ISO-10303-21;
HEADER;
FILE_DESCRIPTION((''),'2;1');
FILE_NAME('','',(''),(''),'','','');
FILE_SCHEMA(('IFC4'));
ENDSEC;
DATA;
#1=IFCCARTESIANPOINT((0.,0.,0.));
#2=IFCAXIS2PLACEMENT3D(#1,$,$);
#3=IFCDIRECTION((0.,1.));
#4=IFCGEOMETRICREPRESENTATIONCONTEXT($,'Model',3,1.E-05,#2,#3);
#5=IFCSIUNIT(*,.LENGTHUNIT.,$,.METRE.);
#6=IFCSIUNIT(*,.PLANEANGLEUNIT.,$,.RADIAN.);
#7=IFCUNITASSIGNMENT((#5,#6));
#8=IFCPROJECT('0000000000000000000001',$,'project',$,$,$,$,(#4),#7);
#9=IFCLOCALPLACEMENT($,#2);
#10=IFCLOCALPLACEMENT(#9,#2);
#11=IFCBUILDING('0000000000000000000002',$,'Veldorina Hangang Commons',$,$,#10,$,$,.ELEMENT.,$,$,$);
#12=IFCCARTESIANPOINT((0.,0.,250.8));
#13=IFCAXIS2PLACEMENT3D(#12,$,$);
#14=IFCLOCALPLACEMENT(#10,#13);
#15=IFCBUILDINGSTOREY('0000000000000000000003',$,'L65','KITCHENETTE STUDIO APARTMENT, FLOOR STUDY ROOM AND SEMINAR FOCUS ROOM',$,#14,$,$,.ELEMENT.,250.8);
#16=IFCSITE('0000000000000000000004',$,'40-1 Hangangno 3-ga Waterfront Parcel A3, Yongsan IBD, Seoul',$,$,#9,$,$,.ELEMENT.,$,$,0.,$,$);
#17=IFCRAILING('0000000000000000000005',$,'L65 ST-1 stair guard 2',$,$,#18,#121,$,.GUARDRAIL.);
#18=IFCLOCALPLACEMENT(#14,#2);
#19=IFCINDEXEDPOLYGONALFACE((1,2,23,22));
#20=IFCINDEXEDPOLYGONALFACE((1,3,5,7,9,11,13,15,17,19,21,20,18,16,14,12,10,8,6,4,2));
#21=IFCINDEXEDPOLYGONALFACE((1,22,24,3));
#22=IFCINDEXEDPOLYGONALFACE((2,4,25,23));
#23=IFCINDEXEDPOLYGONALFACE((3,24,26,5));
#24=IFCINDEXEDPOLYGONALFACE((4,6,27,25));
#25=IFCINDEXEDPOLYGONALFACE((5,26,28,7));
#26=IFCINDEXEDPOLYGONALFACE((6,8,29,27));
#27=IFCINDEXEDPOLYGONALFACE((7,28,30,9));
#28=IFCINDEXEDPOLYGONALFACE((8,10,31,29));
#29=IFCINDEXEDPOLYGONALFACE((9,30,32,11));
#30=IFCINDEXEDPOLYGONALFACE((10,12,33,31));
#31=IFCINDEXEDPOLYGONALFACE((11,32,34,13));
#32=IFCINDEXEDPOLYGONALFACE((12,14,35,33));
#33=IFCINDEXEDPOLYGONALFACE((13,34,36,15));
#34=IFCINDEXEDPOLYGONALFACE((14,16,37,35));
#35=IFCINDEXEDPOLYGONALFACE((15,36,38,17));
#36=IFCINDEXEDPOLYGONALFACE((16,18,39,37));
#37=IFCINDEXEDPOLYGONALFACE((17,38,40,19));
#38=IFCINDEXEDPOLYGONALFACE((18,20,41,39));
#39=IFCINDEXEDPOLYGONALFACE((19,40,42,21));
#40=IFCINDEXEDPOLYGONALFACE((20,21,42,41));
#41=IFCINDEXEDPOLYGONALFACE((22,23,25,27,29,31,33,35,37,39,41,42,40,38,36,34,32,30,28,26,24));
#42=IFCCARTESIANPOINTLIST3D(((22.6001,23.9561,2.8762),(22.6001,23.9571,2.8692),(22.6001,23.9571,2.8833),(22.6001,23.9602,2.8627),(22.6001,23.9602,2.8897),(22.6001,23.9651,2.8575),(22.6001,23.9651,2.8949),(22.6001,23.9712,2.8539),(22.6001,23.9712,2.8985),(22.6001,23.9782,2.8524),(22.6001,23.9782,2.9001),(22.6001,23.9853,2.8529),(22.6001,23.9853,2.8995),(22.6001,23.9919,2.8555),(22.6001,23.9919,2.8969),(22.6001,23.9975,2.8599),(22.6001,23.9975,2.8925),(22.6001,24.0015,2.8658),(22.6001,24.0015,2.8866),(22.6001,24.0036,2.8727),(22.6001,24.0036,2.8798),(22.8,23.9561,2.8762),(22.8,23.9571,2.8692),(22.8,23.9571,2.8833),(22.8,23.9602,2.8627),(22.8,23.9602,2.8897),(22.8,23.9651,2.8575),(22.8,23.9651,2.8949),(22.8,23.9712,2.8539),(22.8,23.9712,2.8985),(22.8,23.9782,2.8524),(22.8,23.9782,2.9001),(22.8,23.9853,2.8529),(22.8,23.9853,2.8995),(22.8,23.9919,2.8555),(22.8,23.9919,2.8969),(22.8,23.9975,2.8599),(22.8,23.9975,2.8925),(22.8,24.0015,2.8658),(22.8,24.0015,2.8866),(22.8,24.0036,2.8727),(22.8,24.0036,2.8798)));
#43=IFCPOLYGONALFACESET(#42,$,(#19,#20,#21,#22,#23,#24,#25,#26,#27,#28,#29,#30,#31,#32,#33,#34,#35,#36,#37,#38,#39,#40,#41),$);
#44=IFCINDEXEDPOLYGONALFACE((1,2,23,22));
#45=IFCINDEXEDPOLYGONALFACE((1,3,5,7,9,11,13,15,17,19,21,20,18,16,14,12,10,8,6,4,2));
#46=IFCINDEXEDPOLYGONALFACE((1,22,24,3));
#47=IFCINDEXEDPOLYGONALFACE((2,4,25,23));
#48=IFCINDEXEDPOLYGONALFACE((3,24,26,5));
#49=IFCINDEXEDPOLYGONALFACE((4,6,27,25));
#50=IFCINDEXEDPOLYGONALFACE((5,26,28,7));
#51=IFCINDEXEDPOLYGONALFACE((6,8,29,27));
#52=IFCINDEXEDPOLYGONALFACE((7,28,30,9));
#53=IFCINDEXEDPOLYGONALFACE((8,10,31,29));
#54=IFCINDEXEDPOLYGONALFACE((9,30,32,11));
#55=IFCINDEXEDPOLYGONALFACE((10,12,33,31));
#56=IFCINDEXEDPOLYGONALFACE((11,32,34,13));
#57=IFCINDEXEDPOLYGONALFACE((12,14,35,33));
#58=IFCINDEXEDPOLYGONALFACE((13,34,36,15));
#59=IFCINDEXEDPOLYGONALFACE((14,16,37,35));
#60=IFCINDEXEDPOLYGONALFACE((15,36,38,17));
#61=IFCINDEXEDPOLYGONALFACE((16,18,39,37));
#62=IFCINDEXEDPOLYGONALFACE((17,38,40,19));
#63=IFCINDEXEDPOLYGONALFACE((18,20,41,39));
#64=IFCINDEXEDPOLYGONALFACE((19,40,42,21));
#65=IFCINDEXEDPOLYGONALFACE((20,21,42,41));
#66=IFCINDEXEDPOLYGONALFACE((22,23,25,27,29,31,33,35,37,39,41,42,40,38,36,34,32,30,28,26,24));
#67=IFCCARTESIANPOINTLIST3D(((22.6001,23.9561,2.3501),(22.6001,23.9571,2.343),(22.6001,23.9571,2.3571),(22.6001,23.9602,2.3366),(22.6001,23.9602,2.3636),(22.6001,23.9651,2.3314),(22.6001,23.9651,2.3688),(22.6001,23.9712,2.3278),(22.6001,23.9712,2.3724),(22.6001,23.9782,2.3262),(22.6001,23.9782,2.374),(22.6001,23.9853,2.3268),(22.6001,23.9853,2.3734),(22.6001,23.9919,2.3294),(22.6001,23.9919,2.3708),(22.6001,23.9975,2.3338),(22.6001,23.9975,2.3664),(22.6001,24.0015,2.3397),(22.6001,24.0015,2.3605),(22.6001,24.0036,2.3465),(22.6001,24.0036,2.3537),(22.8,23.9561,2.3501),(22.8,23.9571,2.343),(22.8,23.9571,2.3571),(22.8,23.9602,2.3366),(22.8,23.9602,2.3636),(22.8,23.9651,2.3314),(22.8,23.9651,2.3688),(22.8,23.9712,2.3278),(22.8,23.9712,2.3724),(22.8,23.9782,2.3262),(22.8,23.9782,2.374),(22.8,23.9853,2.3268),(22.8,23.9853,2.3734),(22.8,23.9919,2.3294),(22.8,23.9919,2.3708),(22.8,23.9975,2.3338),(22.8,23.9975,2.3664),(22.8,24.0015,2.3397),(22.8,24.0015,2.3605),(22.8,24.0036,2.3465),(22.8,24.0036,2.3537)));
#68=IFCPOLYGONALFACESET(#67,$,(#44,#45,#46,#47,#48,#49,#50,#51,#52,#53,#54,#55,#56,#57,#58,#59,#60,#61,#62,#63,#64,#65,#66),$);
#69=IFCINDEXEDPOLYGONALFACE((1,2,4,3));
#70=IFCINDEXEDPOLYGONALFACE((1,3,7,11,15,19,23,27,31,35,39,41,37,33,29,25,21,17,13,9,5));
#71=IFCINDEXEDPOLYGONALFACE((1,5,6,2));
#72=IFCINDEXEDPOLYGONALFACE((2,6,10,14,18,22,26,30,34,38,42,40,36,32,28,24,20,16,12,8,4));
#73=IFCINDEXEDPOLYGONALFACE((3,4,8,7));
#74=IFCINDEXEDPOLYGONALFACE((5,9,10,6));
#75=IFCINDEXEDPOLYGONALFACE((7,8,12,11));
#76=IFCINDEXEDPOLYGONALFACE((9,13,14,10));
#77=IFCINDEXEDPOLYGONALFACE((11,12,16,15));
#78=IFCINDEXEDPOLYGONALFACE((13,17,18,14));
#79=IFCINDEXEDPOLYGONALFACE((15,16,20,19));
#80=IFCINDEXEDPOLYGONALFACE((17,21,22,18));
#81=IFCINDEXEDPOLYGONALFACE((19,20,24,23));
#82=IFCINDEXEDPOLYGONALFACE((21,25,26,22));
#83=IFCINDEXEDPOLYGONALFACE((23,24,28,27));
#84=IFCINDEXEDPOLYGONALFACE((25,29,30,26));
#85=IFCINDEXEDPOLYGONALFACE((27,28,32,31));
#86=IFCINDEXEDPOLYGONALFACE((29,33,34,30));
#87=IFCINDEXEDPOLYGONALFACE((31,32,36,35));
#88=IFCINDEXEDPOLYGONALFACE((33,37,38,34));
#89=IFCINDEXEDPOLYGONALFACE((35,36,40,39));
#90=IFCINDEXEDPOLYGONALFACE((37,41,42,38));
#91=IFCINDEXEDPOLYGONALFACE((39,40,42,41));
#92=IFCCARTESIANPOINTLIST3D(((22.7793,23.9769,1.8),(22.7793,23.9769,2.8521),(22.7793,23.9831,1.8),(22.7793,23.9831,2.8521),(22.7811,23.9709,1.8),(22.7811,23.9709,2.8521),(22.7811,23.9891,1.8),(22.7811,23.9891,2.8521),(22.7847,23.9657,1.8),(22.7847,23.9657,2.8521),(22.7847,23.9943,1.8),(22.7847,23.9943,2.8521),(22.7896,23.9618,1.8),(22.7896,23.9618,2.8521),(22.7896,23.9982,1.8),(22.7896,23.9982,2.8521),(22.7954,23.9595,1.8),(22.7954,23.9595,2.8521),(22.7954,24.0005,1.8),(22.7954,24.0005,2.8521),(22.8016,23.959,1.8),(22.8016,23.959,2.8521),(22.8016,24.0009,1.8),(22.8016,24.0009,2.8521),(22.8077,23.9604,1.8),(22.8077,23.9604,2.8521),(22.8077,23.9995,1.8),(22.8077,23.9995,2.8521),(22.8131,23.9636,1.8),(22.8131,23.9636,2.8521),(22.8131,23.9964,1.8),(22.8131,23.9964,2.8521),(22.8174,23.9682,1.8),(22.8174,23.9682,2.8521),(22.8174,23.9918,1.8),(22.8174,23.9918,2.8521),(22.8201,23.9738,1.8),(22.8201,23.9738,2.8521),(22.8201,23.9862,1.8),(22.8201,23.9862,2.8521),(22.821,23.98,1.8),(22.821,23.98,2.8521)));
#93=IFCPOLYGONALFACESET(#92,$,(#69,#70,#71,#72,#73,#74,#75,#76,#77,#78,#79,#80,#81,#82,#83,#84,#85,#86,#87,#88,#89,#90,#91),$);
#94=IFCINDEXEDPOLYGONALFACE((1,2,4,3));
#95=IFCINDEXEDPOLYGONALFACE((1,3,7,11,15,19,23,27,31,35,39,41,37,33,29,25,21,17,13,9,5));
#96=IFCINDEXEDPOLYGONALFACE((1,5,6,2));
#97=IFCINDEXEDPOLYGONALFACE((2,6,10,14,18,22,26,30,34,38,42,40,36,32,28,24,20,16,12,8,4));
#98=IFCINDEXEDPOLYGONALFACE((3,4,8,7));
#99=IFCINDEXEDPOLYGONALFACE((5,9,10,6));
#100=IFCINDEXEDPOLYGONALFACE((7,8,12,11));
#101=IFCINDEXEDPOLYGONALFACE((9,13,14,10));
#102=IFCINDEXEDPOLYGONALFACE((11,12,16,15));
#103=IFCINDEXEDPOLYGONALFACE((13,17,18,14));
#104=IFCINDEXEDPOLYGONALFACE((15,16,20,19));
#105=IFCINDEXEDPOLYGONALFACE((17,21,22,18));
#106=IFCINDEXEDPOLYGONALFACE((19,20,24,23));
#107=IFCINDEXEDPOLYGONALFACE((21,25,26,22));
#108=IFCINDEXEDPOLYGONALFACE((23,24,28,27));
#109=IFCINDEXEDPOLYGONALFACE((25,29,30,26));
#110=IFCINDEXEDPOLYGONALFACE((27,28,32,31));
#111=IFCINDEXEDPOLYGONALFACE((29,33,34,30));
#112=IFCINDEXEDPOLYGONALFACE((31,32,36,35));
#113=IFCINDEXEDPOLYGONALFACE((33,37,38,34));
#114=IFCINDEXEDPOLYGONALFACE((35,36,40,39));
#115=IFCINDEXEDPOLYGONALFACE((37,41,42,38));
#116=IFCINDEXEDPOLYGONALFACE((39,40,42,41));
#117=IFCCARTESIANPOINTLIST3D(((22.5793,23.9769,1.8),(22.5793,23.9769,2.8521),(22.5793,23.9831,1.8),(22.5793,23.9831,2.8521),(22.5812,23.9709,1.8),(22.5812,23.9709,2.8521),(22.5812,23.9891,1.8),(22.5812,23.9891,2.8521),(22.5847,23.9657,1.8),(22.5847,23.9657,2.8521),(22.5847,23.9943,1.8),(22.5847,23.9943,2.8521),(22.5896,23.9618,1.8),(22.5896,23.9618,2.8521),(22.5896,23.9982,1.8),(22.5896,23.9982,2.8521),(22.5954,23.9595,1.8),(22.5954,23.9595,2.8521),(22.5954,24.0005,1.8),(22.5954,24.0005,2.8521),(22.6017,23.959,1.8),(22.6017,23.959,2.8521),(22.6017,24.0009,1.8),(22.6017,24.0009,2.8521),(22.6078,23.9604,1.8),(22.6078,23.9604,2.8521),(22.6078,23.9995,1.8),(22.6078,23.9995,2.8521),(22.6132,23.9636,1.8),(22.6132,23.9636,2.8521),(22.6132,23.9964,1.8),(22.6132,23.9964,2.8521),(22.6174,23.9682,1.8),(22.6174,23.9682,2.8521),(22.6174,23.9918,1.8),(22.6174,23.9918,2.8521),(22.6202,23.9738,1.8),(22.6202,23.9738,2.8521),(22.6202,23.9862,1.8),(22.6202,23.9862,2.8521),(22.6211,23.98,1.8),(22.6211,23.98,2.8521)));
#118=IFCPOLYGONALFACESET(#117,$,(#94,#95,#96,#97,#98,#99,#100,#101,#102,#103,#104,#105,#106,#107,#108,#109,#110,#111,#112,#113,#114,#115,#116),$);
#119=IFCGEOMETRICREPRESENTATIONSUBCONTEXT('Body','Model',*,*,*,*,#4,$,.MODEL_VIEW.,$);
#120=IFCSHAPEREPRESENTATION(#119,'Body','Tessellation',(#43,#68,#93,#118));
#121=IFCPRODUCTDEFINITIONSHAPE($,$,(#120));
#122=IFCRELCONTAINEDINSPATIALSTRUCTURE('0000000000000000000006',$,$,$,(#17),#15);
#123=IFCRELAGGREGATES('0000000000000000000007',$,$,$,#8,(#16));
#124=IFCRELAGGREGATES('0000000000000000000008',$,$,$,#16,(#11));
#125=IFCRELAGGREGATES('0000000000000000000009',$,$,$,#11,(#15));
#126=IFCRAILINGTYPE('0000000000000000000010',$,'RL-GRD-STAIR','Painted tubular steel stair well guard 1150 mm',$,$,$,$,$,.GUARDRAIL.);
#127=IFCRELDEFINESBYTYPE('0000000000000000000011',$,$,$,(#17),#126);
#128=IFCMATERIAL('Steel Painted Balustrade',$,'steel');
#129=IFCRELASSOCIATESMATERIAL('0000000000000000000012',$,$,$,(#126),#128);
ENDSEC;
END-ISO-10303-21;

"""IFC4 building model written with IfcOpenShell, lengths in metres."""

from ifc_helpers import new_model, si_unit, direction, frame, origin, origin_2d, place, context, subcontext, project, spatial, circle, extrude, material, type_object, element, save


model = new_model("IFC4")

# Units and contexts
model_context = context("Model", 3, precision=1e-05, world=origin(), true_north=direction((0.0, 1.0)))
body_context = subcontext(model_context, "Body", "Model", "MODEL_VIEW")
ifc_project = project(units=[si_unit("LENGTHUNIT", "METRE"), si_unit("PLANEANGLEUNIT", "RADIAN")], contexts=[model_context])

# Site, building, storey
site_placement = place(None, origin())
site = spatial("IfcSite", under=ifc_project, at=site_placement, Name="40-1 Hangangno 3-ga Waterfront Parcel A3, Yongsan IBD, Seoul", CompositionType="ELEMENT", RefElevation=0.0)
building_placement = place(site_placement, origin())
building = spatial("IfcBuilding", under=site, at=building_placement, Name="Veldorina Hangang Commons", CompositionType="ELEMENT")
storey_placement = place(building_placement, frame((0.0, 0.0, 250.8)))
storey = spatial("IfcBuildingStorey", under=building, at=storey_placement, Name="L65", Description="KITCHENETTE STUDIO APARTMENT, FLOOR STUDY ROOM AND SEMINAR FOCUS ROOM", CompositionType="ELEMENT", Elevation=250.8)

# Railing
ifc_material_1 = material(Name="Steel Painted Balustrade", Category="steel")
railing_type = type_object("IfcRailingType", Name="RL-GRD-STAIR", Description="Painted tubular steel stair well guard 1150 mm", PredefinedType="GUARDRAIL", material=ifc_material_1)
railing_1_placement = place(storey_placement, frame((22.8, 23.98, 1.8)))
element("IfcRailing", 1, at=railing_1_placement, inside=storey, type_object=railing_type, Name="L65 ST-1 stair guard 2", PredefinedType="GUARDRAIL", context=body_context, shape_type="SweptSolid", body=[
    extrude(circle(Radius=0.0239, at=origin_2d()), frame((0.0, 0.0, 1.0762), z_axis=(-1.0, 0.0, 0.0), x_axis=(0.0, -1.0, 0.0)), (0.0, 0.0, 1.0), 0.2),
    extrude(circle(Radius=0.0239, at=origin_2d()), frame((0.0, 0.0, 0.55), z_axis=(-1.0, 0.0, 0.0), x_axis=(0.0, -1.0, 0.0)), (0.0, 0.0, 1.0), 0.2),
    extrude(circle(Radius=0.021, at=origin_2d()), origin(), (0.0, 0.0, 1.0), 1.052),
    extrude(circle(Radius=0.021, at=origin_2d()), frame((-0.2, 0.0, 0.0)), (0.0, 0.0, 1.0), 1.052),
])

save(model, "model.ifc")
